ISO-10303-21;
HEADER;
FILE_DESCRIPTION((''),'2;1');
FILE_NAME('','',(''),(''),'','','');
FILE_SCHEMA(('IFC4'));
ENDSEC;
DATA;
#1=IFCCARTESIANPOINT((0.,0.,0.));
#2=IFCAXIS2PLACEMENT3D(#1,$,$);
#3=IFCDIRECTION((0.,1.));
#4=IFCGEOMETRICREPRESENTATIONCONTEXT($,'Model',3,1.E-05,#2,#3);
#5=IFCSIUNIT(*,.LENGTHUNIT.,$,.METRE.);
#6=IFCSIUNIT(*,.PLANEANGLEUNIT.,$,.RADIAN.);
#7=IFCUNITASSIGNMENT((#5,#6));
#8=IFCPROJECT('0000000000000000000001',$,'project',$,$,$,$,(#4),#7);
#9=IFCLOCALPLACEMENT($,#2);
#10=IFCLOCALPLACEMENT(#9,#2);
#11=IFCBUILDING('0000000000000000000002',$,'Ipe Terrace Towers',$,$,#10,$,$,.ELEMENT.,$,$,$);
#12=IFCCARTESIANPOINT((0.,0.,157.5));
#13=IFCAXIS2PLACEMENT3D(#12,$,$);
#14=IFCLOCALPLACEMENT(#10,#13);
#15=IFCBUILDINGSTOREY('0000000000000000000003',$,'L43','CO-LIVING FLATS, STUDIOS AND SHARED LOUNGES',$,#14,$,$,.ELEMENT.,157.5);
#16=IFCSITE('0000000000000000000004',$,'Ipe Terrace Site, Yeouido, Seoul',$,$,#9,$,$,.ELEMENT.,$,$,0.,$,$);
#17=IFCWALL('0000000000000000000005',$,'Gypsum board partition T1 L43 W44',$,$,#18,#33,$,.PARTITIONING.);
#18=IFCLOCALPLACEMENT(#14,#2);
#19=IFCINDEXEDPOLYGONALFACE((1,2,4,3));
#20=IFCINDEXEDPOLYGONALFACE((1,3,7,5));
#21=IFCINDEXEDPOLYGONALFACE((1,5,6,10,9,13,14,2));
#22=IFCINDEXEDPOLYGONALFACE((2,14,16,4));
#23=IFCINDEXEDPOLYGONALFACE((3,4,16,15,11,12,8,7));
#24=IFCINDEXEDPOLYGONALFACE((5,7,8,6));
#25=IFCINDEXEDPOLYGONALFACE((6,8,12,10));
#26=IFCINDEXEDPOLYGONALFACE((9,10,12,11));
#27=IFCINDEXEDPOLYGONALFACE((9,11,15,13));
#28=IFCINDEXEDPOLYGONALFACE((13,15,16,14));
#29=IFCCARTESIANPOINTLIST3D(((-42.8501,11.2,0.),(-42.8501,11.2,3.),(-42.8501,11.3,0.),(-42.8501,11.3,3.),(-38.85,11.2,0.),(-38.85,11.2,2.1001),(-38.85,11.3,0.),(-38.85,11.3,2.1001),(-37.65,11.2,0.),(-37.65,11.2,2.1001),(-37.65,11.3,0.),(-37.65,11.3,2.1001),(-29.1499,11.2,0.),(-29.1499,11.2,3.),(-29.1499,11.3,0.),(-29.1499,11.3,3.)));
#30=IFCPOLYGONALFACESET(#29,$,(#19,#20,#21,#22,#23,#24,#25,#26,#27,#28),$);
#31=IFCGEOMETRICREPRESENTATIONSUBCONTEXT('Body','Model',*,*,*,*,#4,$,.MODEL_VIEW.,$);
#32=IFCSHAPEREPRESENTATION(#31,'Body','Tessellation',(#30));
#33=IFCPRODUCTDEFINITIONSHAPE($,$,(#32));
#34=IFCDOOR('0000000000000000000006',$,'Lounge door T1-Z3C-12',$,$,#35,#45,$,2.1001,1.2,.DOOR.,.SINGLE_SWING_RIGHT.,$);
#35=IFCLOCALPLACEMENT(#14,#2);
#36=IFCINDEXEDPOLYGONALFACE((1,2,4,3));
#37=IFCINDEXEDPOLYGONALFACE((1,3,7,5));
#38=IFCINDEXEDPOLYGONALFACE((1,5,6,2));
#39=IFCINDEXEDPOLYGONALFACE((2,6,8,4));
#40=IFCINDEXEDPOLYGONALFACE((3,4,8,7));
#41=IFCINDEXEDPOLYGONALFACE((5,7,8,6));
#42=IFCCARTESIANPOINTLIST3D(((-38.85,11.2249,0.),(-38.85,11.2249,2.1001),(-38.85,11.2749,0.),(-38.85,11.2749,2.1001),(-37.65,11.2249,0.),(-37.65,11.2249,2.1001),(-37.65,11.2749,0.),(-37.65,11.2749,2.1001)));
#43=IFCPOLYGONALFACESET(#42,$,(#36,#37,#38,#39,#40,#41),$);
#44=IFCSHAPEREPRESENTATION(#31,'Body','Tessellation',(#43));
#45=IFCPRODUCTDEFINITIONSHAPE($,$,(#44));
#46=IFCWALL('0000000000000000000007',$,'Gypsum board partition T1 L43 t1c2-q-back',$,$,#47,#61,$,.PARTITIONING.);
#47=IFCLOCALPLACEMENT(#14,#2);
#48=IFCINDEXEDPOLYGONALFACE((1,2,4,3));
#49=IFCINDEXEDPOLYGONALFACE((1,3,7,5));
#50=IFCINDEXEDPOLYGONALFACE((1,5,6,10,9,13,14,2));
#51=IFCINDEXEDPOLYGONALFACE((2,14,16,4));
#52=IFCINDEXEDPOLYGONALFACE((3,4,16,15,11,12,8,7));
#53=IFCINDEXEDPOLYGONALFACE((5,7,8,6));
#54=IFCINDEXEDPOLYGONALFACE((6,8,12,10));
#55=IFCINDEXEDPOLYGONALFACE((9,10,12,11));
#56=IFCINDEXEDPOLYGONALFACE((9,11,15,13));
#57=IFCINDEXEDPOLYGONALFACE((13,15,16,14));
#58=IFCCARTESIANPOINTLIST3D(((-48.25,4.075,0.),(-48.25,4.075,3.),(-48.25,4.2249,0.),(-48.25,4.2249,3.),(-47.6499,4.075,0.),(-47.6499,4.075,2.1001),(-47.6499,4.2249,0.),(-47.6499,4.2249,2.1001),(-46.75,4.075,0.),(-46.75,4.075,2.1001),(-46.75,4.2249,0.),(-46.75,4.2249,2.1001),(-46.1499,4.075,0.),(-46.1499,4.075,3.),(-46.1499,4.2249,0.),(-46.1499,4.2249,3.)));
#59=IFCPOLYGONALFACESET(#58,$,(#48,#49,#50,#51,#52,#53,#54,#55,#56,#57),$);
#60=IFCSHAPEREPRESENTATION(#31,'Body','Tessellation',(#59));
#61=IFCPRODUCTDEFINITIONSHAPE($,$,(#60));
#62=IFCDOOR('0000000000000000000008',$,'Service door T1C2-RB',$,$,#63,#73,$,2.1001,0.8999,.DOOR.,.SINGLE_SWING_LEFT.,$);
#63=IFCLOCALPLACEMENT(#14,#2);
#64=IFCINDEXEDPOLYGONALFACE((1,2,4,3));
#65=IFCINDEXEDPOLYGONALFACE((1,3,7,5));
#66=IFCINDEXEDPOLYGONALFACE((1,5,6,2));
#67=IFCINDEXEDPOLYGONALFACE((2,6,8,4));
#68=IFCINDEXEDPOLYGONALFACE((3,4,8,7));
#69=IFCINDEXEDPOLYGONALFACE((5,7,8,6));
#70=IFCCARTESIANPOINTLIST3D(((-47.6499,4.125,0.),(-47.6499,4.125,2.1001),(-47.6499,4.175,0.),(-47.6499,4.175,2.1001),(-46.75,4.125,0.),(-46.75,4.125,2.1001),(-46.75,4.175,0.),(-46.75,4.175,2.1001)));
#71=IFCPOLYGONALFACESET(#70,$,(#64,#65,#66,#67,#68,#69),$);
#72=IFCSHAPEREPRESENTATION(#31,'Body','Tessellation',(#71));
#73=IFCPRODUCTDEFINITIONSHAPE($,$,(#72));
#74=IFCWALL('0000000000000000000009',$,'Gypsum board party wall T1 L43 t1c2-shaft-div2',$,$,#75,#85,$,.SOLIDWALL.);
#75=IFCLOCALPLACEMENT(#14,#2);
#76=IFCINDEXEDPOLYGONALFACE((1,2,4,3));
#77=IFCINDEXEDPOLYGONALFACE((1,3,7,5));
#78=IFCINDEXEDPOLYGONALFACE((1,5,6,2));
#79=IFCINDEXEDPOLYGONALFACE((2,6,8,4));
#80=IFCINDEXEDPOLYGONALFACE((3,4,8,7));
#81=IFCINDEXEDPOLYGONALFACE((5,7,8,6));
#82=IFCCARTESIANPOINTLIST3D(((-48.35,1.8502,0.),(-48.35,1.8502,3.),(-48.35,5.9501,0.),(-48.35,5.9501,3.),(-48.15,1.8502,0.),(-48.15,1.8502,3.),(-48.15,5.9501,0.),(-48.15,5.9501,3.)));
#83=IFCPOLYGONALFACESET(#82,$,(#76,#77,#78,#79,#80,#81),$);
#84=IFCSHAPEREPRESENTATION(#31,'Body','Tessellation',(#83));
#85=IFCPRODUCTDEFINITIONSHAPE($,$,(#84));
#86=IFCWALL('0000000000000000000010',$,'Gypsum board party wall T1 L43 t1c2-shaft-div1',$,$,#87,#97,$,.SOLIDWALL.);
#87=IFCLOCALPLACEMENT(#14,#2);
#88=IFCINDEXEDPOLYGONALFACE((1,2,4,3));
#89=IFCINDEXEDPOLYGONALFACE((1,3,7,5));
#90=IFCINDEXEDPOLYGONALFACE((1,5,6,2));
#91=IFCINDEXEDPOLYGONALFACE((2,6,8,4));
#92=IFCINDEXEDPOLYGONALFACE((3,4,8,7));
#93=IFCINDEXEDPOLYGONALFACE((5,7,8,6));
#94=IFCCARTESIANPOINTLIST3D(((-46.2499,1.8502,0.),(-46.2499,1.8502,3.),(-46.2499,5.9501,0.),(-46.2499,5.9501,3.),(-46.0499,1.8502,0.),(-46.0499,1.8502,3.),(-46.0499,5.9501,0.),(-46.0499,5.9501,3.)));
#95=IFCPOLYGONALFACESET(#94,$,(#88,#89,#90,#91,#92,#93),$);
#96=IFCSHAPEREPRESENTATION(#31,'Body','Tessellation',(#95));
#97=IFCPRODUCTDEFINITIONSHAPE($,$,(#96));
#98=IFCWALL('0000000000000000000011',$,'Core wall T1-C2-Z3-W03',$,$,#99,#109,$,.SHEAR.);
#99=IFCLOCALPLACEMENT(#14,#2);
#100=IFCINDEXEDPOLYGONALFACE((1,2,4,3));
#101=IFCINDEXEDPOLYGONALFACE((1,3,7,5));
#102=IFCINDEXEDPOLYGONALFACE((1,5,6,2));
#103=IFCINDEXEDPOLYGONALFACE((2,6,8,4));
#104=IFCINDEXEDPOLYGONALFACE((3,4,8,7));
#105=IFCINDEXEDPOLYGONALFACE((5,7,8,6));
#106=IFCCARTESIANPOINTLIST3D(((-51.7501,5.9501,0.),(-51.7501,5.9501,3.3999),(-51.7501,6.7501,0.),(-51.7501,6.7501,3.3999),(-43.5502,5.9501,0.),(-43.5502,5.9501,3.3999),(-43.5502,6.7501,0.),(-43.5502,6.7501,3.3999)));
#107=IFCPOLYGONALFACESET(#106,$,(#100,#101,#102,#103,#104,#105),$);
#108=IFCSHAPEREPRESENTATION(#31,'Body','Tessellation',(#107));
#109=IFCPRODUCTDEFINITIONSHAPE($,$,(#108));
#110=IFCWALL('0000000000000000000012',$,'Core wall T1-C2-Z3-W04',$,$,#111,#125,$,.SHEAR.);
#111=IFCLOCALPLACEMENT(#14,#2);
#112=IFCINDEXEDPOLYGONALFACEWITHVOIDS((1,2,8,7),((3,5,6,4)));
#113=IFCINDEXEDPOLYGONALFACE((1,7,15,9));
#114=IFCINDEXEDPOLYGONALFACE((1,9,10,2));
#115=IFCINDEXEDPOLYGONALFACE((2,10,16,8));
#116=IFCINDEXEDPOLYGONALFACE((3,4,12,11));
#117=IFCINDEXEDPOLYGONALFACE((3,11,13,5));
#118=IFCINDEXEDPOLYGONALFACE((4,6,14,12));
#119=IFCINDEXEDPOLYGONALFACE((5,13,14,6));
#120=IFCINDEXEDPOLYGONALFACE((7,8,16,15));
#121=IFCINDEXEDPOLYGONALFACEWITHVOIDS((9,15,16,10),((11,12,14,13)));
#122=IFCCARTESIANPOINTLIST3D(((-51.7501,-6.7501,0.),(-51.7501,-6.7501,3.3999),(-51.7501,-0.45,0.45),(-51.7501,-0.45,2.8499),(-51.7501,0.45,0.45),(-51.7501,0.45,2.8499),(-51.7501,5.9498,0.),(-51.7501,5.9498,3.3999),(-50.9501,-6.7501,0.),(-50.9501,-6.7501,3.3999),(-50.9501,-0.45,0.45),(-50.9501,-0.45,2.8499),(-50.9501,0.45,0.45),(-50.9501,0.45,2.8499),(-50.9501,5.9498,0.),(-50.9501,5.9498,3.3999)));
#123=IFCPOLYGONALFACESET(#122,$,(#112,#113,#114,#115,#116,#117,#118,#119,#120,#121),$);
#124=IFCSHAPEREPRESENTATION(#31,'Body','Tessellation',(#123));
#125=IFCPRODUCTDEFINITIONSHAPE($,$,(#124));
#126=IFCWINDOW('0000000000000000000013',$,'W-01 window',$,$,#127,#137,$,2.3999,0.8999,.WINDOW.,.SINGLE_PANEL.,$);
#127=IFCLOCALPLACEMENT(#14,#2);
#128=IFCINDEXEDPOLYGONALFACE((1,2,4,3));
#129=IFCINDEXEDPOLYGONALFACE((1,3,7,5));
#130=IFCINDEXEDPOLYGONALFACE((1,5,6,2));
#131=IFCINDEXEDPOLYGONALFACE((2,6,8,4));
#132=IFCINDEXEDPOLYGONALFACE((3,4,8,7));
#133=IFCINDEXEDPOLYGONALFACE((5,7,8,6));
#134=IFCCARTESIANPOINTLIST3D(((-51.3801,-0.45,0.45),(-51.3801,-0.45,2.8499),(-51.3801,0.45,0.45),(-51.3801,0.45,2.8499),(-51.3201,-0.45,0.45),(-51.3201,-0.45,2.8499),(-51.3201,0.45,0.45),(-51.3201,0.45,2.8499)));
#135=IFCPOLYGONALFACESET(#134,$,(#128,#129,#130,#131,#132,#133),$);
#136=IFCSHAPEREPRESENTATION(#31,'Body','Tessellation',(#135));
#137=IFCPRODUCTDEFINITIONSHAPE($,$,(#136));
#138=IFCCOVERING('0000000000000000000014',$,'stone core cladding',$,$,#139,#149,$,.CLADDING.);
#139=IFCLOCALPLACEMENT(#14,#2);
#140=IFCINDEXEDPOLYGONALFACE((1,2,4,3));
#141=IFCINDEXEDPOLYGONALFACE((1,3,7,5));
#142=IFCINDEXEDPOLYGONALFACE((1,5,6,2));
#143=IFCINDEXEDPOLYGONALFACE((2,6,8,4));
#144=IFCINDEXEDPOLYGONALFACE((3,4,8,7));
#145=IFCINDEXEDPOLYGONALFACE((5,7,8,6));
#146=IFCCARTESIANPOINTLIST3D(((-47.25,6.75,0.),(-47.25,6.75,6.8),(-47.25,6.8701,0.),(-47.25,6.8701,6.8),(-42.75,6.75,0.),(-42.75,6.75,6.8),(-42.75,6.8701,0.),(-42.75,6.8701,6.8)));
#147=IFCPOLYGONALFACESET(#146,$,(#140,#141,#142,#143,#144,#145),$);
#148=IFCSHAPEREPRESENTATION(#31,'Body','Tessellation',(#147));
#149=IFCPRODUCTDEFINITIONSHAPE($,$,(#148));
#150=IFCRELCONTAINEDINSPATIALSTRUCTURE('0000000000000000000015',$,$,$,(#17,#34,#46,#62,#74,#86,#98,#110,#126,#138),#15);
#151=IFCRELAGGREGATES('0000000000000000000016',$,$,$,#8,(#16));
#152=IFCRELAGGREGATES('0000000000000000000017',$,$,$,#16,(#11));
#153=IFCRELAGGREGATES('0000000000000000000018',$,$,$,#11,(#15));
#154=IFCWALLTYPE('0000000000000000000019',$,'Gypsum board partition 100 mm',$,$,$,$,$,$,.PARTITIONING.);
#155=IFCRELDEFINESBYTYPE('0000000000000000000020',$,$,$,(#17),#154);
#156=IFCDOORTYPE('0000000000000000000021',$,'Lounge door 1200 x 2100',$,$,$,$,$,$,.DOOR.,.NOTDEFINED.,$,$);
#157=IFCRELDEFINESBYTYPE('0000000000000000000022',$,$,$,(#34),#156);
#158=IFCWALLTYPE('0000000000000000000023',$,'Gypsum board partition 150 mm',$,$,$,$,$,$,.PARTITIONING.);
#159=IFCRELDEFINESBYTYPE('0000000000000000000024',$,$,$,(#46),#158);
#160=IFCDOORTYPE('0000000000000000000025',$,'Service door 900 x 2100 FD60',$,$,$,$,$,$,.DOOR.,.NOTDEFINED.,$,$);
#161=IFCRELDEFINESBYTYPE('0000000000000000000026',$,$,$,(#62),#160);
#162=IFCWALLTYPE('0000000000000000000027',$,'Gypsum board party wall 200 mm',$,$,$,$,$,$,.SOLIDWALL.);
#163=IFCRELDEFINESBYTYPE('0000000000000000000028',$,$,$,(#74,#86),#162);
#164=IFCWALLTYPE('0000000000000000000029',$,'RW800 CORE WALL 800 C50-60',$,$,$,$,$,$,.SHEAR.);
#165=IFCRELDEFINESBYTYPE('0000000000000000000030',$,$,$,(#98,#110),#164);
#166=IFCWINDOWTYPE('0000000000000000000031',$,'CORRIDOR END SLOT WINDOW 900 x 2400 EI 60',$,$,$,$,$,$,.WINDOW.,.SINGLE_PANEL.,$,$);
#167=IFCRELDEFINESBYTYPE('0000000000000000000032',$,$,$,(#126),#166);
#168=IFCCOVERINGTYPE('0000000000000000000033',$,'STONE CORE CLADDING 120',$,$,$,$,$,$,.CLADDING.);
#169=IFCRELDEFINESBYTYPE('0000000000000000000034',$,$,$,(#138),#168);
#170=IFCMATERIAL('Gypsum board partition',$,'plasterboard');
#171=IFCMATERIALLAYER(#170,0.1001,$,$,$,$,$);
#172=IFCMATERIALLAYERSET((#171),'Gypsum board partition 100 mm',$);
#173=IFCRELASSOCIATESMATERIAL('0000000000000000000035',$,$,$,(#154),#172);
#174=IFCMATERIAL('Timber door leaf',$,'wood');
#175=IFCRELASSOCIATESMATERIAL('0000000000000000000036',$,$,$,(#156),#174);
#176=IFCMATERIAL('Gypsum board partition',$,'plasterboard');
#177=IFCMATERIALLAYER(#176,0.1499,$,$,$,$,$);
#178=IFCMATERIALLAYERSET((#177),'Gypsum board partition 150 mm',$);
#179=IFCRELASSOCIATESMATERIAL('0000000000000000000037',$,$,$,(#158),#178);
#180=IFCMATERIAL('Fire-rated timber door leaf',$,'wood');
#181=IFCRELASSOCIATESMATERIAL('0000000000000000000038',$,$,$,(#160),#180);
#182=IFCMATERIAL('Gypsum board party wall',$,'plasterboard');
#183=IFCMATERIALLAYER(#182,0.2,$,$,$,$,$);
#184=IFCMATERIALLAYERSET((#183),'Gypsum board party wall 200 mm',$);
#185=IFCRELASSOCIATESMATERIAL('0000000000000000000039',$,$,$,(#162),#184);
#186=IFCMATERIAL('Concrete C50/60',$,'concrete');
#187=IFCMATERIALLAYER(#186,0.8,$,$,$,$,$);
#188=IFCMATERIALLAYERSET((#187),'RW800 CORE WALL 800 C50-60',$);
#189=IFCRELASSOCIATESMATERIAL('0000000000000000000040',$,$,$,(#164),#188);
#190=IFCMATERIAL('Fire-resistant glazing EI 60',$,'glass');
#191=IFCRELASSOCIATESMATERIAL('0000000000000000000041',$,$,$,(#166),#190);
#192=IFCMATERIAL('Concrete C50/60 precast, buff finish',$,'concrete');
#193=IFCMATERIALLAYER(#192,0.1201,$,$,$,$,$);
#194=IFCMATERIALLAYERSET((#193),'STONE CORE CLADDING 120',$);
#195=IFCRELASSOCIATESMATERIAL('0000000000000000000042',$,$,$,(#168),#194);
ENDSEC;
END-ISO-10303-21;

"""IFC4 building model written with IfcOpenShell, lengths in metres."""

from ifc_helpers import new_model, si_unit, direction, frame, frame_2d, origin, origin_2d, place, context, subcontext, project, spatial, rectangle, extrude, material, layer, layer_set, type_object, element, fill, save


model = new_model("IFC4")

# Units and contexts
model_context = context("Model", 3, precision=1e-05, world=origin(), true_north=direction((0.0, 1.0)))
body_context = subcontext(model_context, "Body", "Model", "MODEL_VIEW")
ifc_project = project(units=[si_unit("LENGTHUNIT", "METRE"), si_unit("PLANEANGLEUNIT", "RADIAN")], contexts=[model_context])

# Site, building, storey
site_placement = place(None, origin())
site = spatial("IfcSite", under=ifc_project, at=site_placement, Name="Ipe Terrace Site, Yeouido, Seoul", CompositionType="ELEMENT", RefElevation=0.0)
building_placement = place(site_placement, origin())
building = spatial("IfcBuilding", under=site, at=building_placement, Name="Ipe Terrace Towers", CompositionType="ELEMENT")
storey_placement = place(building_placement, frame((0.0, 0.0, 157.5)))
storey = spatial("IfcBuildingStorey", under=building, at=storey_placement, Name="L43", Description="CO-LIVING FLATS, STUDIOS AND SHARED LOUNGES", CompositionType="ELEMENT", Elevation=157.5)

# Shared definitions
ifc_material_1 = material(Name="Gypsum board partition", Category="plasterboard")
ifc_layer_1 = layer(ifc_material_1, 0.1001)
ifc_layer_set_1 = layer_set([ifc_layer_1], Name="Gypsum board partition 100 mm")
wall_type_1 = type_object("IfcWallType", Name="Gypsum board partition 100 mm", PredefinedType="PARTITIONING", material=ifc_layer_set_1)

# Walls, openings, doors
wall_1_placement = place(storey_placement, frame((-42.8501, 11.25, 0.0), z_axis=(0.0, 0.0, 1.0), x_axis=(1.0, 0.0, 0.0)))
wall_1 = element("IfcWall", 1, at=wall_1_placement, inside=storey, type_object=wall_type_1, Name="Gypsum board partition T1 L43 W44", PredefinedType="PARTITIONING", context=body_context, shape_type="SweptSolid", body=[
    extrude(rectangle(XDim=13.7002, YDim=0.1001, at=frame_2d((6.8501, 0.0))), origin(), (0.0, 0.0, 1.0), 3.0),
])
opening_1_placement = place(wall_1_placement, frame((4.0, 0.0, 0.0)))
opening_1 = element("IfcOpeningElement", 2, at=opening_1_placement, cuts=wall_1, PredefinedType="OPENING", context=body_context, shape_type="SweptSolid", body=[
    extrude(rectangle(XDim=1.2, YDim=2.1001, at=frame_2d((0.6001, 1.05))), frame((0.0, 0.0601, 0.0), z_axis=(0.0, -1.0, 0.0), x_axis=(1.0, 0.0, 0.0)), (0.0, 0.0, 1.0), 0.1201),
])
ifc_material_2 = material(Name="Timber door leaf", Category="wood")
door_type_1 = type_object("IfcDoorType", Name="Lounge door 1200 x 2100", OperationType="NOTDEFINED", PredefinedType="DOOR", material=ifc_material_2)
door_1_placement = place(opening_1_placement, origin())
door_1 = element("IfcDoor", 3, at=door_1_placement, inside=storey, type_object=door_type_1, Name="Lounge door T1-Z3C-12", OperationType="SINGLE_SWING_RIGHT", OverallHeight=2.1001, OverallWidth=1.2, PredefinedType="DOOR", context=body_context, shape_type="SweptSolid", body=[
    extrude(rectangle(XDim=1.2, YDim=2.1001, at=frame_2d((0.6001, 1.05))), frame((0.0, 0.0249, 0.0), z_axis=(0.0, -1.0, 0.0), x_axis=(1.0, 0.0, 0.0)), (0.0, 0.0, 1.0), 0.05),
])
fill(opening_1, door_1)
ifc_material_3 = material(Name="Gypsum board partition", Category="plasterboard")
ifc_layer_2 = layer(ifc_material_3, 0.1499)
ifc_layer_set_2 = layer_set([ifc_layer_2], Name="Gypsum board partition 150 mm")
wall_type_2 = type_object("IfcWallType", Name="Gypsum board partition 150 mm", PredefinedType="PARTITIONING", material=ifc_layer_set_2)
wall_2_placement = place(storey_placement, frame((-46.1499, 4.1499, 0.0), z_axis=(0.0, 0.0, 1.0), x_axis=(-1.0, 0.0, 0.0)))
wall_2 = element("IfcWall", 4, at=wall_2_placement, inside=storey, type_object=wall_type_2, Name="Gypsum board partition T1 L43 t1c2-q-back", PredefinedType="PARTITIONING", context=body_context, shape_type="SweptSolid", body=[
    extrude(rectangle(XDim=2.1001, YDim=0.1499, at=frame_2d((1.05, 0.0))), origin(), (0.0, 0.0, 1.0), 3.0),
])
opening_2_placement = place(wall_2_placement, frame((0.6001, 0.0, 0.0)))
opening_2 = element("IfcOpeningElement", 5, at=opening_2_placement, cuts=wall_2, PredefinedType="OPENING", context=body_context, shape_type="SweptSolid", body=[
    extrude(rectangle(XDim=0.8999, YDim=2.1001, at=frame_2d((0.45, 1.05))), frame((0.0, 0.085, 0.0), z_axis=(0.0, -1.0, 0.0), x_axis=(1.0, 0.0, 0.0)), (0.0, 0.0, 1.0), 0.1699),
])
ifc_material_4 = material(Name="Fire-rated timber door leaf", Category="wood")
door_type_2 = type_object("IfcDoorType", Name="Service door 900 x 2100 FD60", OperationType="NOTDEFINED", PredefinedType="DOOR", material=ifc_material_4)
door_2_placement = place(opening_2_placement, origin())
door_2 = element("IfcDoor", 6, at=door_2_placement, inside=storey, type_object=door_type_2, Name="Service door T1C2-RB", OperationType="SINGLE_SWING_LEFT", OverallHeight=2.1001, OverallWidth=0.8999, PredefinedType="DOOR", context=body_context, shape_type="SweptSolid", body=[
    extrude(rectangle(XDim=0.8999, YDim=2.1001, at=frame_2d((0.45, 1.05))), frame((0.0, 0.0249, 0.0), z_axis=(0.0, -1.0, 0.0), x_axis=(1.0, 0.0, 0.0)), (0.0, 0.0, 1.0), 0.05),
])
fill(opening_2, door_2)

# Walls
ifc_material_5 = material(Name="Gypsum board party wall", Category="plasterboard")
ifc_layer_3 = layer(ifc_material_5, 0.2)
ifc_layer_set_3 = layer_set([ifc_layer_3], Name="Gypsum board party wall 200 mm")
wall_type_3 = type_object("IfcWallType", Name="Gypsum board party wall 200 mm", PredefinedType="SOLIDWALL", material=ifc_layer_set_3)
for number, where, z_axis, x_axis, name in (
    (7, (-48.25, 5.95, 0.0), (0.0, 0.0, 1.0), (0.0, -1.0, 0.0), "Gypsum board party wall T1 L43 t1c2-shaft-div2"),
    (8, (-46.1499, 5.95, 0.0), (0.0, 0.0, 1.0), (0.0, -1.0, 0.0), "Gypsum board party wall T1 L43 t1c2-shaft-div1"),
):
    element("IfcWall", number, at=place(storey_placement, frame(where, z_axis=z_axis, x_axis=x_axis)), inside=storey, type_object=wall_type_3, Name=name, PredefinedType="SOLIDWALL", context=body_context, shape_type="SweptSolid", body=[
        extrude(rectangle(XDim=4.0999, YDim=0.2, at=frame_2d((2.0498, 0.0))), origin(), (0.0, 0.0, 1.0), 3.0),
    ])
ifc_material_6 = material(Name="Concrete C50/60", Category="concrete")
ifc_layer_4 = layer(ifc_material_6, 0.8)
ifc_layer_set_4 = layer_set([ifc_layer_4], Name="RW800 CORE WALL 800 C50-60")
wall_type_4 = type_object("IfcWallType", Name="RW800 CORE WALL 800 C50-60", PredefinedType="SHEAR", material=ifc_layer_set_4)
wall_3_placement = place(storey_placement, frame((-43.55, 6.3501, 0.0), z_axis=(0.0, 0.0, 1.0), x_axis=(-1.0, 0.0, 0.0)))
element("IfcWall", 9, at=wall_3_placement, inside=storey, type_object=wall_type_4, Name="Core wall T1-C2-Z3-W03", PredefinedType="SHEAR", context=body_context, shape_type="SweptSolid", body=[
    extrude(rectangle(XDim=8.2, YDim=0.8, at=frame_2d((4.1001, 0.0))), origin(), (0.0, 0.0, 1.0), 3.3999),
])

# Wall, opening, window
wall_4_placement = place(storey_placement, frame((-51.3501, 5.95, 0.0), z_axis=(0.0, 0.0, 1.0), x_axis=(0.0, -1.0, 0.0)))
wall_4 = element("IfcWall", 10, at=wall_4_placement, inside=storey, type_object=wall_type_4, Name="Core wall T1-C2-Z3-W04", PredefinedType="SHEAR", context=body_context, shape_type="SweptSolid", body=[
    extrude(rectangle(XDim=12.7, YDim=0.8, at=frame_2d((6.3501, 0.0))), origin(), (0.0, 0.0, 1.0), 3.3999),
])
opening_3_placement = place(wall_4_placement, frame((5.5, 0.0, 0.45)))
opening_3 = element("IfcOpeningElement", 11, at=opening_3_placement, cuts=wall_4, PredefinedType="OPENING", context=body_context, shape_type="SweptSolid", body=[
    extrude(rectangle(XDim=0.8999, YDim=2.3999, at=frame_2d((0.45, 1.2))), frame((0.0, 0.4102, 0.0), z_axis=(0.0, -1.0, 0.0), x_axis=(1.0, 0.0, 0.0)), (0.0, 0.0, 1.0), 0.8201),
])
ifc_material_7 = material(Name="Fire-resistant glazing EI 60", Category="glass")
window_type = type_object("IfcWindowType", Name="CORRIDOR END SLOT WINDOW 900 x 2400 EI 60", PartitioningType="SINGLE_PANEL", PredefinedType="WINDOW", material=ifc_material_7)
window_placement = place(opening_3_placement, origin())
window = element("IfcWindow", 12, at=window_placement, inside=storey, type_object=window_type, Name="W-01 window", OverallHeight=2.3999, OverallWidth=0.8999, PartitioningType="SINGLE_PANEL", PredefinedType="WINDOW", context=body_context, shape_type="SweptSolid", body=[
    extrude(rectangle(XDim=0.8999, YDim=2.3999, at=frame_2d((0.45, 1.2))), frame((0.0, 0.03, 0.0), z_axis=(0.0, -1.0, 0.0), x_axis=(1.0, 0.0, 0.0)), (0.0, 0.0, 1.0), 0.0601),
])
fill(opening_3, window)

# Covering
ifc_material_8 = material(Name="Concrete C50/60 precast, buff finish", Category="concrete")
ifc_layer_5 = layer(ifc_material_8, 0.1201)
ifc_layer_set_5 = layer_set([ifc_layer_5], Name="STONE CORE CLADDING 120")
covering_type = type_object("IfcCoveringType", Name="STONE CORE CLADDING 120", PredefinedType="CLADDING", material=ifc_layer_set_5)
covering_placement = place(storey_placement, frame((-45.0, 6.8101, 0.0), z_axis=(0.0, 0.0, 1.0), x_axis=(-1.0, 0.0, 0.0)))
element("IfcCovering", 13, at=covering_placement, inside=storey, type_object=covering_type, Name="stone core cladding", PredefinedType="CLADDING", context=body_context, shape_type="SweptSolid", body=[
    extrude(rectangle(XDim=4.5, YDim=0.1201, at=origin_2d()), origin(), (0.0, 0.0, 1.0), 6.8),
])

save(model, "model.ifc")
